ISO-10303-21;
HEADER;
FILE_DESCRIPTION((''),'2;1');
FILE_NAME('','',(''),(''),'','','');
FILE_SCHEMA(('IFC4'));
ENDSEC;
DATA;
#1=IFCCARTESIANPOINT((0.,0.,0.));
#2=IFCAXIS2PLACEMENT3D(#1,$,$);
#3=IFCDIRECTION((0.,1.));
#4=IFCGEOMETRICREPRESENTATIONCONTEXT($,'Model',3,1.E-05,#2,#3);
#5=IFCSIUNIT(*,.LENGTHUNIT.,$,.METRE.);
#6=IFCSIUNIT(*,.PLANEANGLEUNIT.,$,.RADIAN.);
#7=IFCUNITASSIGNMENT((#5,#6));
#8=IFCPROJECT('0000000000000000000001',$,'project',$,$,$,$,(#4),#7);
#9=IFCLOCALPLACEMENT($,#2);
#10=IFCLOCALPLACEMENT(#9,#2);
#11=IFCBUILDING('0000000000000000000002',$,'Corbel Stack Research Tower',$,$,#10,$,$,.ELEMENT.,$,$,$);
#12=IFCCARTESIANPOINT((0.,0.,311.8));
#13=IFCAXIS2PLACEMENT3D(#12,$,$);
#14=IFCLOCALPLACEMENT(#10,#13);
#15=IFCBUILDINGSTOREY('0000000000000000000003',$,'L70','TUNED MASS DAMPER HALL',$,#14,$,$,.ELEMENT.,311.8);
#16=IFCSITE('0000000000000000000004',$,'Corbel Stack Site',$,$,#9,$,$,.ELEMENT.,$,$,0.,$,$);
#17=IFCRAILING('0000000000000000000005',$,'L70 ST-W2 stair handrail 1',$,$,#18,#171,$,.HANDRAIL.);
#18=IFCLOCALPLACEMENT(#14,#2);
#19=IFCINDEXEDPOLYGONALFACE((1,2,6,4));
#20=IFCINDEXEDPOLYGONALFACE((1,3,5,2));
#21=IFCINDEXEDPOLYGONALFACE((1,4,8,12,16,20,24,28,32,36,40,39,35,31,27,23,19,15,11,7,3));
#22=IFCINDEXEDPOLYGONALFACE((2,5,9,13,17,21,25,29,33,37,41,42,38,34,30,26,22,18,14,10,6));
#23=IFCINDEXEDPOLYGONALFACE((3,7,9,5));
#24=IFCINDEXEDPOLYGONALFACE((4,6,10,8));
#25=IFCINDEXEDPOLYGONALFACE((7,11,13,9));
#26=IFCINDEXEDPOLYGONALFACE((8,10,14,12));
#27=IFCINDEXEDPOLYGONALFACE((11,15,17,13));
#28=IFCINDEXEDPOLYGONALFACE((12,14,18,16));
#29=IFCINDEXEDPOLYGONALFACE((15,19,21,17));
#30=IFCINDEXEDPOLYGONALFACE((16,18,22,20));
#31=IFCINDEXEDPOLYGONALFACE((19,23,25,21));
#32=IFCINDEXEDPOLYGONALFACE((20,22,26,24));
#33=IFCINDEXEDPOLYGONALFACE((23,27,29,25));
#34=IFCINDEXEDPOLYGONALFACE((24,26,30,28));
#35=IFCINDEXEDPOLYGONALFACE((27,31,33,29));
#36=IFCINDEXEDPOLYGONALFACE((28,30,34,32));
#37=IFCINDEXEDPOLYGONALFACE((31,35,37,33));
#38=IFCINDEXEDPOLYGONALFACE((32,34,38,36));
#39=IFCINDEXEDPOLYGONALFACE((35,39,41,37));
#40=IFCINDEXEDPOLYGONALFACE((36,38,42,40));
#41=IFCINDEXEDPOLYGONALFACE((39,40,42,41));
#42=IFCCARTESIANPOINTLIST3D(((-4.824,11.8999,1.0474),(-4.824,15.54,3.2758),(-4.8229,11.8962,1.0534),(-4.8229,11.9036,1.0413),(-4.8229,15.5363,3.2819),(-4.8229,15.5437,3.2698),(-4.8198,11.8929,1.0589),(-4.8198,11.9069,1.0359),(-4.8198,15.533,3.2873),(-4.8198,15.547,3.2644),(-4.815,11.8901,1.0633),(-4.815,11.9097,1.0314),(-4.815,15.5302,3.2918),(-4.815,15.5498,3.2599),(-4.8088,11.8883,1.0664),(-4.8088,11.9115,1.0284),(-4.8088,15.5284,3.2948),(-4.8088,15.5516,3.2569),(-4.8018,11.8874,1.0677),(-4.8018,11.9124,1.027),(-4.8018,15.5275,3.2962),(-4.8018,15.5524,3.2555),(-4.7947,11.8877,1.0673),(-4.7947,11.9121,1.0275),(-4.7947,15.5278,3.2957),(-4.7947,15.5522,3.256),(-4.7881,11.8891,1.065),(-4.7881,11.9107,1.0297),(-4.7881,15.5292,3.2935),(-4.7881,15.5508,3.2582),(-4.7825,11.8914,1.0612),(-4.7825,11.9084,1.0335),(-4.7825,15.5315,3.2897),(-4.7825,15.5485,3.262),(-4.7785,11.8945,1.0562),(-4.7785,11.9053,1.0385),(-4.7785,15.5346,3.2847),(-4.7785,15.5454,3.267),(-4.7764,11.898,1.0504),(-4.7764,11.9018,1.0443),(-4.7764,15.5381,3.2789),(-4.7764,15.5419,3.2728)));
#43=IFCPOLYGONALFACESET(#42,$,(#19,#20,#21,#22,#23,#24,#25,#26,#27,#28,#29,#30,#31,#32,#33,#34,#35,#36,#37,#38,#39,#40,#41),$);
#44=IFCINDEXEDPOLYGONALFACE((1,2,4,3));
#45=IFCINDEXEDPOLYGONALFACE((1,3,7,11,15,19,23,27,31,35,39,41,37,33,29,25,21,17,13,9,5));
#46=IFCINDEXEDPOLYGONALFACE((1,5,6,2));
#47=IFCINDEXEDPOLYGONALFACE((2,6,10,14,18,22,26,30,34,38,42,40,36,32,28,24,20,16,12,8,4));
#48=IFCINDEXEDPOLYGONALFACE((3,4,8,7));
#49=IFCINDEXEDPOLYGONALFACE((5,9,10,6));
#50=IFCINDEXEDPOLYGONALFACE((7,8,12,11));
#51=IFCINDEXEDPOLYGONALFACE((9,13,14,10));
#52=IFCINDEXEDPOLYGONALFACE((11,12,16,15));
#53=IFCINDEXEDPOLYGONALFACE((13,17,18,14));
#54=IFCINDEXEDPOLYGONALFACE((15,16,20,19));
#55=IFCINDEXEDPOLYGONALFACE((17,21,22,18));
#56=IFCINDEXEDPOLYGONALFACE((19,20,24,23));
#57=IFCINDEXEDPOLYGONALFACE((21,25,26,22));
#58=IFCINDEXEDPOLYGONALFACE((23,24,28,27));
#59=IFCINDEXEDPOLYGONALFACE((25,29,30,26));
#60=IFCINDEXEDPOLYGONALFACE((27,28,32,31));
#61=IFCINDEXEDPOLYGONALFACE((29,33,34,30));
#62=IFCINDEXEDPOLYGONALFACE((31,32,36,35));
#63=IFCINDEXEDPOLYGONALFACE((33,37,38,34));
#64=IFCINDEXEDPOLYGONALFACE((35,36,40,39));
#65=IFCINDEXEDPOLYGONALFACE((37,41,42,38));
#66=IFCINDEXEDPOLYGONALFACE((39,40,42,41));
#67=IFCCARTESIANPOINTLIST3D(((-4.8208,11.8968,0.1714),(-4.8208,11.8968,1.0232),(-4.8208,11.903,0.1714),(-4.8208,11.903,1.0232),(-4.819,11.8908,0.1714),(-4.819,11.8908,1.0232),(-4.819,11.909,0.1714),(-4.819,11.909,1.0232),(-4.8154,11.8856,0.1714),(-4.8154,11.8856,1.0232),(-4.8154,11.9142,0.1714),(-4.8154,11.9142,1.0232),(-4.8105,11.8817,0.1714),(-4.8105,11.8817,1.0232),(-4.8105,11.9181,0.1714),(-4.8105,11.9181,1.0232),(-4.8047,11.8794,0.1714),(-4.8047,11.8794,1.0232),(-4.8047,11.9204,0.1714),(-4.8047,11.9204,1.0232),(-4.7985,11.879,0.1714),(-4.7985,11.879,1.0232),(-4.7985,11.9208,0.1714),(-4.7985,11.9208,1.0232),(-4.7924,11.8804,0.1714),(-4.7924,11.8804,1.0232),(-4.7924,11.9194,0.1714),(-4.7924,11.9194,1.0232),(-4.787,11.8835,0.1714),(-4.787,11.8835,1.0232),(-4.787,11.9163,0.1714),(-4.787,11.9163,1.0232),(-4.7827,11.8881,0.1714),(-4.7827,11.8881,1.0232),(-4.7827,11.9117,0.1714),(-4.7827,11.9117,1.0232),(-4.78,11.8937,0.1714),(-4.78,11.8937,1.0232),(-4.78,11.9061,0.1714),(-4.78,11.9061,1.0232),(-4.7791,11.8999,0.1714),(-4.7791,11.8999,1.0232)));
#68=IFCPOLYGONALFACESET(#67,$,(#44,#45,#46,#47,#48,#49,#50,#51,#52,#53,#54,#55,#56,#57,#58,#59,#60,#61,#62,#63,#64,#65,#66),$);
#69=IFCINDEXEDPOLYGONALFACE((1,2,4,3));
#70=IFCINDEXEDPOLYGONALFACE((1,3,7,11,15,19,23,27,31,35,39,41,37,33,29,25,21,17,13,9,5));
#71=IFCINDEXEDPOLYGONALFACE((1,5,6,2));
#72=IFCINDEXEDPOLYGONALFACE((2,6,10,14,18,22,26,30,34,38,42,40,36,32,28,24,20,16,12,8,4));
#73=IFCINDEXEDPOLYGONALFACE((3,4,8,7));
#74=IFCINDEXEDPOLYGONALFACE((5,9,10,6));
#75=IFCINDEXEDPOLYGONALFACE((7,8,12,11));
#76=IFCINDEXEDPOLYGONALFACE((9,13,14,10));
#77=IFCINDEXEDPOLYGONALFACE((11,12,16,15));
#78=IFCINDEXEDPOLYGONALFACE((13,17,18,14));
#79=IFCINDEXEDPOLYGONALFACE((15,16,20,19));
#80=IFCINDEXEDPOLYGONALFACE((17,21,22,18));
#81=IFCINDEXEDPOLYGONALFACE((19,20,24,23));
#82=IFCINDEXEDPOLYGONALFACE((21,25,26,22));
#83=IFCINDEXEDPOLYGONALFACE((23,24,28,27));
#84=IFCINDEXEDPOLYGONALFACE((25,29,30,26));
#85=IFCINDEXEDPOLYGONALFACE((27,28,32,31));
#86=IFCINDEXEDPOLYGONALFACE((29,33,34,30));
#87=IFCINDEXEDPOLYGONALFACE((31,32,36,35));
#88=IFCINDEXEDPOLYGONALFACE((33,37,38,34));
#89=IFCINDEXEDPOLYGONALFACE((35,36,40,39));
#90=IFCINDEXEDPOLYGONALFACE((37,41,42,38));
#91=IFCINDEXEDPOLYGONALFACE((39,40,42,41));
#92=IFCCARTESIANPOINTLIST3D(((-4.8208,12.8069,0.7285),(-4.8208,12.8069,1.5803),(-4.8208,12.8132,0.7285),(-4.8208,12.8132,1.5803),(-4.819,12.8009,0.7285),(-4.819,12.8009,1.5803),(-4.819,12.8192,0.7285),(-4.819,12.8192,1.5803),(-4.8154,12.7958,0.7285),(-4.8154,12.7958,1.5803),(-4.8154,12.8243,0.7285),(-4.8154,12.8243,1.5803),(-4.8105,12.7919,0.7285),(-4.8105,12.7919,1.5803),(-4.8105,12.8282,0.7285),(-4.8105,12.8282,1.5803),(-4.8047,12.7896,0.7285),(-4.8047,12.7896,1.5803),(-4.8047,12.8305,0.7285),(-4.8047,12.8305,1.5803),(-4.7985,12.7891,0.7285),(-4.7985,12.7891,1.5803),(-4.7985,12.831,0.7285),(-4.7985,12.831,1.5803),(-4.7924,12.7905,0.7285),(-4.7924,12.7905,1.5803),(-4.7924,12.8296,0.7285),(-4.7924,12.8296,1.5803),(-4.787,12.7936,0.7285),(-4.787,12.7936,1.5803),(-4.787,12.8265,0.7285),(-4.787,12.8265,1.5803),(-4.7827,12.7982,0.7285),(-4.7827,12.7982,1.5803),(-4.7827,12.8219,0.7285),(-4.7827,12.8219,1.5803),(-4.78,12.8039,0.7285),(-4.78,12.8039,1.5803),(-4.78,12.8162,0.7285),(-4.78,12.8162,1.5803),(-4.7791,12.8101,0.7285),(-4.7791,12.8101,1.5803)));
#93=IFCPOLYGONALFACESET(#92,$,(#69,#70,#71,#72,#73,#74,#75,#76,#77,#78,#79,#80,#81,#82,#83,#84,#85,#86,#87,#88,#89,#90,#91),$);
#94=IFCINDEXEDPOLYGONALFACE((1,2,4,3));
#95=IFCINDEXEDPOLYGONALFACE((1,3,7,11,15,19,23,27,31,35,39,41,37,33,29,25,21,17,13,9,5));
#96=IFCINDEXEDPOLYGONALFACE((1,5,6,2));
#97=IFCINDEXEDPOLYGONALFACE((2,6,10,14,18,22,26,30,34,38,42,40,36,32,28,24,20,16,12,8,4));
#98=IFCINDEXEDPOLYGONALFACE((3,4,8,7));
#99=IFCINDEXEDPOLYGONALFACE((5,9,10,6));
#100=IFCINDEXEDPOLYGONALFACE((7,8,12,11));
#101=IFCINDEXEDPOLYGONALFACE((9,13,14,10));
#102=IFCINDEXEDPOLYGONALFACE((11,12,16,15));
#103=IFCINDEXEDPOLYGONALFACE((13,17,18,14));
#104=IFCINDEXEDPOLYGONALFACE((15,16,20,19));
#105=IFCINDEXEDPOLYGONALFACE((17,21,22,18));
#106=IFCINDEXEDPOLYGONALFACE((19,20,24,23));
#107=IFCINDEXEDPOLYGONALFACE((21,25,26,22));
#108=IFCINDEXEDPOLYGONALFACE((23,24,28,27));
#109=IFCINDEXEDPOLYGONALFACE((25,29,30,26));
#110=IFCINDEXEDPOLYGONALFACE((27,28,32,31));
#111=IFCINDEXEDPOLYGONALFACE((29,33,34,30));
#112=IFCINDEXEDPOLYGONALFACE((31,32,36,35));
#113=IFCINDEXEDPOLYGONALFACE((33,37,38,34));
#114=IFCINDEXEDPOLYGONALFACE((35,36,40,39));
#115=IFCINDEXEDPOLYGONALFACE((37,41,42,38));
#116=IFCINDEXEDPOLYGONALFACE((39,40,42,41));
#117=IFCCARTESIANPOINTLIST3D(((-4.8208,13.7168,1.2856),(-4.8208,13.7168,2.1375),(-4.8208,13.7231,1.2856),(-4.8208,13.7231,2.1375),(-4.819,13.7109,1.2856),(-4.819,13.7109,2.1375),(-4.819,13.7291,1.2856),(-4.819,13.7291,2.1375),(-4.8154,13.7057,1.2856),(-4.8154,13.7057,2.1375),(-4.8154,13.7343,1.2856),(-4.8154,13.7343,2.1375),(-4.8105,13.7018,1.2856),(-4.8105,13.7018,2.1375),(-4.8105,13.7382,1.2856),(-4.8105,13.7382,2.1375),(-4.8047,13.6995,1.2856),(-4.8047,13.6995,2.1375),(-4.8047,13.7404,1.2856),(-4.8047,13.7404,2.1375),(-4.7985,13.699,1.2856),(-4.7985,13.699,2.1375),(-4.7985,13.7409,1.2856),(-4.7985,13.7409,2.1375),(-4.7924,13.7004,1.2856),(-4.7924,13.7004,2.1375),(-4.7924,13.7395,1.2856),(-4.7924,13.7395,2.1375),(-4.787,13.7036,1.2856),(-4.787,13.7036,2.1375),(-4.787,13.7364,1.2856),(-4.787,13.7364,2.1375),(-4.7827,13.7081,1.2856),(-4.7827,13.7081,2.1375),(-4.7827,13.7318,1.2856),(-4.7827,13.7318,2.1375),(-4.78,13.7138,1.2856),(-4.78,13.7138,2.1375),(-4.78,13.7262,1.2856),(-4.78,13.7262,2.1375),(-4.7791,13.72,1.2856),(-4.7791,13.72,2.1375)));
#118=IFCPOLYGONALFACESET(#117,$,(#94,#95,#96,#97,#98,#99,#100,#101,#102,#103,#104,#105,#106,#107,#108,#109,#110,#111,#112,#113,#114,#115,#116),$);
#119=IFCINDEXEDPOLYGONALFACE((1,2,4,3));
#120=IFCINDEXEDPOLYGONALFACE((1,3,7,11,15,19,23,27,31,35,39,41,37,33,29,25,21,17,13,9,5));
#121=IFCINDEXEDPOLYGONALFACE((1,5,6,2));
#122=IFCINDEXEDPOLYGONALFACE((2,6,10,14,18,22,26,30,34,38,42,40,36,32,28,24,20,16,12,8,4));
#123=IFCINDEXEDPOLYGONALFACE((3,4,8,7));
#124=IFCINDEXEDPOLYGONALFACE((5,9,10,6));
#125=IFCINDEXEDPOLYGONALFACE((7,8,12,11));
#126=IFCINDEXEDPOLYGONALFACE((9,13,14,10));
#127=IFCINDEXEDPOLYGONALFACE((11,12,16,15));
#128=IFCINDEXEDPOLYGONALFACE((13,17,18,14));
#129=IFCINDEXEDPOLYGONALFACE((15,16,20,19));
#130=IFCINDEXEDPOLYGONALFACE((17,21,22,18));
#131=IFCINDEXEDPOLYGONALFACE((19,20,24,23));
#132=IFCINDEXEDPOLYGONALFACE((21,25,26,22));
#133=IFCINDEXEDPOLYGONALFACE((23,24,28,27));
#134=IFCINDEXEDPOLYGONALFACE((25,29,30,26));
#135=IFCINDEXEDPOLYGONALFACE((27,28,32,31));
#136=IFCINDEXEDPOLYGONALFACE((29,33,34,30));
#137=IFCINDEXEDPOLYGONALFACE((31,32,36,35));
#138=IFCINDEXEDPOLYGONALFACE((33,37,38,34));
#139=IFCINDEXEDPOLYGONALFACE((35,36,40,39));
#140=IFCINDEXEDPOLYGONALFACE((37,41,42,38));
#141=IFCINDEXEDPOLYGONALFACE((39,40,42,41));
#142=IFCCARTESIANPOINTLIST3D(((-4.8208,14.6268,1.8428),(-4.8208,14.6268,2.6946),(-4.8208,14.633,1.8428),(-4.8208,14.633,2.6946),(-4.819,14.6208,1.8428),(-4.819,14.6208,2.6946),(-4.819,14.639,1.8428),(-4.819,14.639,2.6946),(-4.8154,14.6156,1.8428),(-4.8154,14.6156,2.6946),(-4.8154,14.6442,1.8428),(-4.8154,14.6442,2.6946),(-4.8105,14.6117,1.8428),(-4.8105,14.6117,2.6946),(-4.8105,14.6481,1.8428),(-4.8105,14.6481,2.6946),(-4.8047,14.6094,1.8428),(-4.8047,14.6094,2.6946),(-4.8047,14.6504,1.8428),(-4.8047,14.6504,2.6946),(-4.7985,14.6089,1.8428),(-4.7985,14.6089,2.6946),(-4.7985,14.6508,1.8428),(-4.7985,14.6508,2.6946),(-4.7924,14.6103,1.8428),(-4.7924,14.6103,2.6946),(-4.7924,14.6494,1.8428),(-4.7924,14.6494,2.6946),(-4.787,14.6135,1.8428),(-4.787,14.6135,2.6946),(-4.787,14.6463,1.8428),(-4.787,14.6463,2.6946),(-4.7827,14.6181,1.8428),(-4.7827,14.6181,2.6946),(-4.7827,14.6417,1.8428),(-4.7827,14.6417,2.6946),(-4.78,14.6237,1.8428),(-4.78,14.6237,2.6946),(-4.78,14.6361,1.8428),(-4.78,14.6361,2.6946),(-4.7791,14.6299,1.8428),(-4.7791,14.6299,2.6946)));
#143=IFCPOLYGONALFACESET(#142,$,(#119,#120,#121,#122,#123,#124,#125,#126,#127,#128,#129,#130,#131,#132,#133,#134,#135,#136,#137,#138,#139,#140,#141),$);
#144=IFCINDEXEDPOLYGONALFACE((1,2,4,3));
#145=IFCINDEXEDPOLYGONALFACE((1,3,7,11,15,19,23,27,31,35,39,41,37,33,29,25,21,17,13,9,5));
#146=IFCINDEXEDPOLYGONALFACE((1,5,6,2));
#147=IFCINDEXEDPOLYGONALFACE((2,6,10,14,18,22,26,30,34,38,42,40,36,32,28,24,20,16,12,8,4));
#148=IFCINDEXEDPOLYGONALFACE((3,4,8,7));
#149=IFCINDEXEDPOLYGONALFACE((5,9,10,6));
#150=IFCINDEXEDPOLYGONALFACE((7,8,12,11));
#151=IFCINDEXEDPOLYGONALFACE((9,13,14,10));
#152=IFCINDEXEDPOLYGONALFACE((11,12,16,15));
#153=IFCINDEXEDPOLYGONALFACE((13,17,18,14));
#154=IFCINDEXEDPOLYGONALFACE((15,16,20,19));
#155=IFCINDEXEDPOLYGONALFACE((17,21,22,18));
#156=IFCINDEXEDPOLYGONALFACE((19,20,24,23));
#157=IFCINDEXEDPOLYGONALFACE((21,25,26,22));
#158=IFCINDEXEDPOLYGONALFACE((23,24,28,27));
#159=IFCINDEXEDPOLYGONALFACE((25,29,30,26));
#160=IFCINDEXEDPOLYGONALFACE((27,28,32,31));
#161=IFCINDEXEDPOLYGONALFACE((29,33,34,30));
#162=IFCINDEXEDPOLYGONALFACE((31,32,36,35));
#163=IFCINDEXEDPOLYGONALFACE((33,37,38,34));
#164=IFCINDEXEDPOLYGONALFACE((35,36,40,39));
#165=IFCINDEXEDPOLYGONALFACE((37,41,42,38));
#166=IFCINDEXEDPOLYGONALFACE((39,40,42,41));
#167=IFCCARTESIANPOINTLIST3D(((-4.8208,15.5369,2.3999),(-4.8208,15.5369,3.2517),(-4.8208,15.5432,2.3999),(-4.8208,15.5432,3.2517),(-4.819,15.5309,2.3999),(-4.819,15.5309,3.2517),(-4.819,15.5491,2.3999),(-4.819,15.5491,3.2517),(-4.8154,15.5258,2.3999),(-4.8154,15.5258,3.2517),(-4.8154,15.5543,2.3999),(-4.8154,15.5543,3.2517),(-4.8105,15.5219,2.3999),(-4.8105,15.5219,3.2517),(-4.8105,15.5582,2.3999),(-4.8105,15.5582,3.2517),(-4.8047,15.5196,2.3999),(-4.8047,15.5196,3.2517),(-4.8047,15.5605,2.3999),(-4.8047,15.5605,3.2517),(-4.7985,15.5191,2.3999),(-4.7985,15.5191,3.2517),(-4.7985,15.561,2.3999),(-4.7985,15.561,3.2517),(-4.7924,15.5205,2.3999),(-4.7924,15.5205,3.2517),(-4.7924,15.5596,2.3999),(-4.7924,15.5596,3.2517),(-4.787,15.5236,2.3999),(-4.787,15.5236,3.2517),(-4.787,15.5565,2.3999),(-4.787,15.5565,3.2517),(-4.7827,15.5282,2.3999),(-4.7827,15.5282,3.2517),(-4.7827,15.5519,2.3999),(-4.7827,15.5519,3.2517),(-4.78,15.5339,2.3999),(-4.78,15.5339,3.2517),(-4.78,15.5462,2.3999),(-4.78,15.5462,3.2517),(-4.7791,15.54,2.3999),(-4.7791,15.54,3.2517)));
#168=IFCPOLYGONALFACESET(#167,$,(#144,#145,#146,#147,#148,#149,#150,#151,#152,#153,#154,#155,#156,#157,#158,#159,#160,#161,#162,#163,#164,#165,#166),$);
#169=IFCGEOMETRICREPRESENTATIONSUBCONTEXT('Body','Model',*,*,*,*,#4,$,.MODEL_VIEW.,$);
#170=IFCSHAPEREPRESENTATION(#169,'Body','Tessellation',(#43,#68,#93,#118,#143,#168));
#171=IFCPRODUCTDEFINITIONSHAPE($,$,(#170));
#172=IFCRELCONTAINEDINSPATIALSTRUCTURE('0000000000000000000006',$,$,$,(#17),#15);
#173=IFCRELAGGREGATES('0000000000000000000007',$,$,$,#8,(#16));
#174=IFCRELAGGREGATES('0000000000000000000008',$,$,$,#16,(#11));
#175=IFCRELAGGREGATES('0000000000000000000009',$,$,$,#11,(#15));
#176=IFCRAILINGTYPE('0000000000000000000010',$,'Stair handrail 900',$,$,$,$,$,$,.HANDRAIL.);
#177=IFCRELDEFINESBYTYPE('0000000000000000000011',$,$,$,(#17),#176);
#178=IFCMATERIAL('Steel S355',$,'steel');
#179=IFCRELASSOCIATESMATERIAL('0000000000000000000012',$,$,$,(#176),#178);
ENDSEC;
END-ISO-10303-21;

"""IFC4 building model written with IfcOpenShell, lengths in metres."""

from ifc_helpers import new_model, si_unit, direction, frame, origin, origin_2d, place, context, subcontext, project, spatial, circle, extrude, material, type_object, element, save


model = new_model("IFC4")

# Units and contexts
model_context = context("Model", 3, precision=1e-05, world=origin(), true_north=direction((0.0, 1.0)))
body_context = subcontext(model_context, "Body", "Model", "MODEL_VIEW")
ifc_project = project(units=[si_unit("LENGTHUNIT", "METRE"), si_unit("PLANEANGLEUNIT", "RADIAN")], contexts=[model_context])

# Site, building, storey
site_placement = place(None, origin())
site = spatial("IfcSite", under=ifc_project, at=site_placement, Name="Corbel Stack Site", CompositionType="ELEMENT", RefElevation=0.0)
building_placement = place(site_placement, origin())
building = spatial("IfcBuilding", under=site, at=building_placement, Name="Corbel Stack Research Tower", CompositionType="ELEMENT")
storey_placement = place(building_placement, frame((0.0, 0.0, 311.8)))
storey = spatial("IfcBuildingStorey", under=building, at=storey_placement, Name="L70", Description="TUNED MASS DAMPER HALL", CompositionType="ELEMENT", Elevation=311.8)

# Railing
ifc_material_1 = material(Name="Steel S355", Category="steel")
railing_type_1 = type_object("IfcRailingType", Name="Stair handrail 900", PredefinedType="HANDRAIL", material=ifc_material_1)
railing_1_placement = place(storey_placement, frame((-4.8, 11.8999, 0.1714)))
element("IfcRailing", 1, at=railing_1_placement, inside=storey, type_object=railing_type_1, Name="L70 ST-W2 stair handrail 1", PredefinedType="HANDRAIL", context=body_context, shape_type="SweptSolid", body=[
    extrude(circle(Radius=0.0239, at=origin_2d()), frame((0.0, 0.0, 0.876), z_axis=(0.0, 0.852866, 0.52213), x_axis=(-1.0, 0.0, 0.0)), (0.0, 0.0, 1.0), 4.2681),
    extrude(circle(Radius=0.021, at=origin_2d()), origin(), (0.0, 0.0, 1.0), 0.8518),
    extrude(circle(Radius=0.021, at=origin_2d()), frame((0.0, 0.9102, 0.5571)), (0.0, 0.0, 1.0), 0.8518),
    extrude(circle(Radius=0.021, at=origin_2d()), frame((0.0, 1.8201, 1.1143)), (0.0, 0.0, 1.0), 0.8518),
    extrude(circle(Radius=0.021, at=origin_2d()), frame((0.0, 2.73, 1.6714)), (0.0, 0.0, 1.0), 0.8518),
    extrude(circle(Radius=0.021, at=origin_2d()), frame((0.0, 3.6401, 2.2285)), (0.0, 0.0, 1.0), 0.8518),
])

save(model, "model.ifc")
